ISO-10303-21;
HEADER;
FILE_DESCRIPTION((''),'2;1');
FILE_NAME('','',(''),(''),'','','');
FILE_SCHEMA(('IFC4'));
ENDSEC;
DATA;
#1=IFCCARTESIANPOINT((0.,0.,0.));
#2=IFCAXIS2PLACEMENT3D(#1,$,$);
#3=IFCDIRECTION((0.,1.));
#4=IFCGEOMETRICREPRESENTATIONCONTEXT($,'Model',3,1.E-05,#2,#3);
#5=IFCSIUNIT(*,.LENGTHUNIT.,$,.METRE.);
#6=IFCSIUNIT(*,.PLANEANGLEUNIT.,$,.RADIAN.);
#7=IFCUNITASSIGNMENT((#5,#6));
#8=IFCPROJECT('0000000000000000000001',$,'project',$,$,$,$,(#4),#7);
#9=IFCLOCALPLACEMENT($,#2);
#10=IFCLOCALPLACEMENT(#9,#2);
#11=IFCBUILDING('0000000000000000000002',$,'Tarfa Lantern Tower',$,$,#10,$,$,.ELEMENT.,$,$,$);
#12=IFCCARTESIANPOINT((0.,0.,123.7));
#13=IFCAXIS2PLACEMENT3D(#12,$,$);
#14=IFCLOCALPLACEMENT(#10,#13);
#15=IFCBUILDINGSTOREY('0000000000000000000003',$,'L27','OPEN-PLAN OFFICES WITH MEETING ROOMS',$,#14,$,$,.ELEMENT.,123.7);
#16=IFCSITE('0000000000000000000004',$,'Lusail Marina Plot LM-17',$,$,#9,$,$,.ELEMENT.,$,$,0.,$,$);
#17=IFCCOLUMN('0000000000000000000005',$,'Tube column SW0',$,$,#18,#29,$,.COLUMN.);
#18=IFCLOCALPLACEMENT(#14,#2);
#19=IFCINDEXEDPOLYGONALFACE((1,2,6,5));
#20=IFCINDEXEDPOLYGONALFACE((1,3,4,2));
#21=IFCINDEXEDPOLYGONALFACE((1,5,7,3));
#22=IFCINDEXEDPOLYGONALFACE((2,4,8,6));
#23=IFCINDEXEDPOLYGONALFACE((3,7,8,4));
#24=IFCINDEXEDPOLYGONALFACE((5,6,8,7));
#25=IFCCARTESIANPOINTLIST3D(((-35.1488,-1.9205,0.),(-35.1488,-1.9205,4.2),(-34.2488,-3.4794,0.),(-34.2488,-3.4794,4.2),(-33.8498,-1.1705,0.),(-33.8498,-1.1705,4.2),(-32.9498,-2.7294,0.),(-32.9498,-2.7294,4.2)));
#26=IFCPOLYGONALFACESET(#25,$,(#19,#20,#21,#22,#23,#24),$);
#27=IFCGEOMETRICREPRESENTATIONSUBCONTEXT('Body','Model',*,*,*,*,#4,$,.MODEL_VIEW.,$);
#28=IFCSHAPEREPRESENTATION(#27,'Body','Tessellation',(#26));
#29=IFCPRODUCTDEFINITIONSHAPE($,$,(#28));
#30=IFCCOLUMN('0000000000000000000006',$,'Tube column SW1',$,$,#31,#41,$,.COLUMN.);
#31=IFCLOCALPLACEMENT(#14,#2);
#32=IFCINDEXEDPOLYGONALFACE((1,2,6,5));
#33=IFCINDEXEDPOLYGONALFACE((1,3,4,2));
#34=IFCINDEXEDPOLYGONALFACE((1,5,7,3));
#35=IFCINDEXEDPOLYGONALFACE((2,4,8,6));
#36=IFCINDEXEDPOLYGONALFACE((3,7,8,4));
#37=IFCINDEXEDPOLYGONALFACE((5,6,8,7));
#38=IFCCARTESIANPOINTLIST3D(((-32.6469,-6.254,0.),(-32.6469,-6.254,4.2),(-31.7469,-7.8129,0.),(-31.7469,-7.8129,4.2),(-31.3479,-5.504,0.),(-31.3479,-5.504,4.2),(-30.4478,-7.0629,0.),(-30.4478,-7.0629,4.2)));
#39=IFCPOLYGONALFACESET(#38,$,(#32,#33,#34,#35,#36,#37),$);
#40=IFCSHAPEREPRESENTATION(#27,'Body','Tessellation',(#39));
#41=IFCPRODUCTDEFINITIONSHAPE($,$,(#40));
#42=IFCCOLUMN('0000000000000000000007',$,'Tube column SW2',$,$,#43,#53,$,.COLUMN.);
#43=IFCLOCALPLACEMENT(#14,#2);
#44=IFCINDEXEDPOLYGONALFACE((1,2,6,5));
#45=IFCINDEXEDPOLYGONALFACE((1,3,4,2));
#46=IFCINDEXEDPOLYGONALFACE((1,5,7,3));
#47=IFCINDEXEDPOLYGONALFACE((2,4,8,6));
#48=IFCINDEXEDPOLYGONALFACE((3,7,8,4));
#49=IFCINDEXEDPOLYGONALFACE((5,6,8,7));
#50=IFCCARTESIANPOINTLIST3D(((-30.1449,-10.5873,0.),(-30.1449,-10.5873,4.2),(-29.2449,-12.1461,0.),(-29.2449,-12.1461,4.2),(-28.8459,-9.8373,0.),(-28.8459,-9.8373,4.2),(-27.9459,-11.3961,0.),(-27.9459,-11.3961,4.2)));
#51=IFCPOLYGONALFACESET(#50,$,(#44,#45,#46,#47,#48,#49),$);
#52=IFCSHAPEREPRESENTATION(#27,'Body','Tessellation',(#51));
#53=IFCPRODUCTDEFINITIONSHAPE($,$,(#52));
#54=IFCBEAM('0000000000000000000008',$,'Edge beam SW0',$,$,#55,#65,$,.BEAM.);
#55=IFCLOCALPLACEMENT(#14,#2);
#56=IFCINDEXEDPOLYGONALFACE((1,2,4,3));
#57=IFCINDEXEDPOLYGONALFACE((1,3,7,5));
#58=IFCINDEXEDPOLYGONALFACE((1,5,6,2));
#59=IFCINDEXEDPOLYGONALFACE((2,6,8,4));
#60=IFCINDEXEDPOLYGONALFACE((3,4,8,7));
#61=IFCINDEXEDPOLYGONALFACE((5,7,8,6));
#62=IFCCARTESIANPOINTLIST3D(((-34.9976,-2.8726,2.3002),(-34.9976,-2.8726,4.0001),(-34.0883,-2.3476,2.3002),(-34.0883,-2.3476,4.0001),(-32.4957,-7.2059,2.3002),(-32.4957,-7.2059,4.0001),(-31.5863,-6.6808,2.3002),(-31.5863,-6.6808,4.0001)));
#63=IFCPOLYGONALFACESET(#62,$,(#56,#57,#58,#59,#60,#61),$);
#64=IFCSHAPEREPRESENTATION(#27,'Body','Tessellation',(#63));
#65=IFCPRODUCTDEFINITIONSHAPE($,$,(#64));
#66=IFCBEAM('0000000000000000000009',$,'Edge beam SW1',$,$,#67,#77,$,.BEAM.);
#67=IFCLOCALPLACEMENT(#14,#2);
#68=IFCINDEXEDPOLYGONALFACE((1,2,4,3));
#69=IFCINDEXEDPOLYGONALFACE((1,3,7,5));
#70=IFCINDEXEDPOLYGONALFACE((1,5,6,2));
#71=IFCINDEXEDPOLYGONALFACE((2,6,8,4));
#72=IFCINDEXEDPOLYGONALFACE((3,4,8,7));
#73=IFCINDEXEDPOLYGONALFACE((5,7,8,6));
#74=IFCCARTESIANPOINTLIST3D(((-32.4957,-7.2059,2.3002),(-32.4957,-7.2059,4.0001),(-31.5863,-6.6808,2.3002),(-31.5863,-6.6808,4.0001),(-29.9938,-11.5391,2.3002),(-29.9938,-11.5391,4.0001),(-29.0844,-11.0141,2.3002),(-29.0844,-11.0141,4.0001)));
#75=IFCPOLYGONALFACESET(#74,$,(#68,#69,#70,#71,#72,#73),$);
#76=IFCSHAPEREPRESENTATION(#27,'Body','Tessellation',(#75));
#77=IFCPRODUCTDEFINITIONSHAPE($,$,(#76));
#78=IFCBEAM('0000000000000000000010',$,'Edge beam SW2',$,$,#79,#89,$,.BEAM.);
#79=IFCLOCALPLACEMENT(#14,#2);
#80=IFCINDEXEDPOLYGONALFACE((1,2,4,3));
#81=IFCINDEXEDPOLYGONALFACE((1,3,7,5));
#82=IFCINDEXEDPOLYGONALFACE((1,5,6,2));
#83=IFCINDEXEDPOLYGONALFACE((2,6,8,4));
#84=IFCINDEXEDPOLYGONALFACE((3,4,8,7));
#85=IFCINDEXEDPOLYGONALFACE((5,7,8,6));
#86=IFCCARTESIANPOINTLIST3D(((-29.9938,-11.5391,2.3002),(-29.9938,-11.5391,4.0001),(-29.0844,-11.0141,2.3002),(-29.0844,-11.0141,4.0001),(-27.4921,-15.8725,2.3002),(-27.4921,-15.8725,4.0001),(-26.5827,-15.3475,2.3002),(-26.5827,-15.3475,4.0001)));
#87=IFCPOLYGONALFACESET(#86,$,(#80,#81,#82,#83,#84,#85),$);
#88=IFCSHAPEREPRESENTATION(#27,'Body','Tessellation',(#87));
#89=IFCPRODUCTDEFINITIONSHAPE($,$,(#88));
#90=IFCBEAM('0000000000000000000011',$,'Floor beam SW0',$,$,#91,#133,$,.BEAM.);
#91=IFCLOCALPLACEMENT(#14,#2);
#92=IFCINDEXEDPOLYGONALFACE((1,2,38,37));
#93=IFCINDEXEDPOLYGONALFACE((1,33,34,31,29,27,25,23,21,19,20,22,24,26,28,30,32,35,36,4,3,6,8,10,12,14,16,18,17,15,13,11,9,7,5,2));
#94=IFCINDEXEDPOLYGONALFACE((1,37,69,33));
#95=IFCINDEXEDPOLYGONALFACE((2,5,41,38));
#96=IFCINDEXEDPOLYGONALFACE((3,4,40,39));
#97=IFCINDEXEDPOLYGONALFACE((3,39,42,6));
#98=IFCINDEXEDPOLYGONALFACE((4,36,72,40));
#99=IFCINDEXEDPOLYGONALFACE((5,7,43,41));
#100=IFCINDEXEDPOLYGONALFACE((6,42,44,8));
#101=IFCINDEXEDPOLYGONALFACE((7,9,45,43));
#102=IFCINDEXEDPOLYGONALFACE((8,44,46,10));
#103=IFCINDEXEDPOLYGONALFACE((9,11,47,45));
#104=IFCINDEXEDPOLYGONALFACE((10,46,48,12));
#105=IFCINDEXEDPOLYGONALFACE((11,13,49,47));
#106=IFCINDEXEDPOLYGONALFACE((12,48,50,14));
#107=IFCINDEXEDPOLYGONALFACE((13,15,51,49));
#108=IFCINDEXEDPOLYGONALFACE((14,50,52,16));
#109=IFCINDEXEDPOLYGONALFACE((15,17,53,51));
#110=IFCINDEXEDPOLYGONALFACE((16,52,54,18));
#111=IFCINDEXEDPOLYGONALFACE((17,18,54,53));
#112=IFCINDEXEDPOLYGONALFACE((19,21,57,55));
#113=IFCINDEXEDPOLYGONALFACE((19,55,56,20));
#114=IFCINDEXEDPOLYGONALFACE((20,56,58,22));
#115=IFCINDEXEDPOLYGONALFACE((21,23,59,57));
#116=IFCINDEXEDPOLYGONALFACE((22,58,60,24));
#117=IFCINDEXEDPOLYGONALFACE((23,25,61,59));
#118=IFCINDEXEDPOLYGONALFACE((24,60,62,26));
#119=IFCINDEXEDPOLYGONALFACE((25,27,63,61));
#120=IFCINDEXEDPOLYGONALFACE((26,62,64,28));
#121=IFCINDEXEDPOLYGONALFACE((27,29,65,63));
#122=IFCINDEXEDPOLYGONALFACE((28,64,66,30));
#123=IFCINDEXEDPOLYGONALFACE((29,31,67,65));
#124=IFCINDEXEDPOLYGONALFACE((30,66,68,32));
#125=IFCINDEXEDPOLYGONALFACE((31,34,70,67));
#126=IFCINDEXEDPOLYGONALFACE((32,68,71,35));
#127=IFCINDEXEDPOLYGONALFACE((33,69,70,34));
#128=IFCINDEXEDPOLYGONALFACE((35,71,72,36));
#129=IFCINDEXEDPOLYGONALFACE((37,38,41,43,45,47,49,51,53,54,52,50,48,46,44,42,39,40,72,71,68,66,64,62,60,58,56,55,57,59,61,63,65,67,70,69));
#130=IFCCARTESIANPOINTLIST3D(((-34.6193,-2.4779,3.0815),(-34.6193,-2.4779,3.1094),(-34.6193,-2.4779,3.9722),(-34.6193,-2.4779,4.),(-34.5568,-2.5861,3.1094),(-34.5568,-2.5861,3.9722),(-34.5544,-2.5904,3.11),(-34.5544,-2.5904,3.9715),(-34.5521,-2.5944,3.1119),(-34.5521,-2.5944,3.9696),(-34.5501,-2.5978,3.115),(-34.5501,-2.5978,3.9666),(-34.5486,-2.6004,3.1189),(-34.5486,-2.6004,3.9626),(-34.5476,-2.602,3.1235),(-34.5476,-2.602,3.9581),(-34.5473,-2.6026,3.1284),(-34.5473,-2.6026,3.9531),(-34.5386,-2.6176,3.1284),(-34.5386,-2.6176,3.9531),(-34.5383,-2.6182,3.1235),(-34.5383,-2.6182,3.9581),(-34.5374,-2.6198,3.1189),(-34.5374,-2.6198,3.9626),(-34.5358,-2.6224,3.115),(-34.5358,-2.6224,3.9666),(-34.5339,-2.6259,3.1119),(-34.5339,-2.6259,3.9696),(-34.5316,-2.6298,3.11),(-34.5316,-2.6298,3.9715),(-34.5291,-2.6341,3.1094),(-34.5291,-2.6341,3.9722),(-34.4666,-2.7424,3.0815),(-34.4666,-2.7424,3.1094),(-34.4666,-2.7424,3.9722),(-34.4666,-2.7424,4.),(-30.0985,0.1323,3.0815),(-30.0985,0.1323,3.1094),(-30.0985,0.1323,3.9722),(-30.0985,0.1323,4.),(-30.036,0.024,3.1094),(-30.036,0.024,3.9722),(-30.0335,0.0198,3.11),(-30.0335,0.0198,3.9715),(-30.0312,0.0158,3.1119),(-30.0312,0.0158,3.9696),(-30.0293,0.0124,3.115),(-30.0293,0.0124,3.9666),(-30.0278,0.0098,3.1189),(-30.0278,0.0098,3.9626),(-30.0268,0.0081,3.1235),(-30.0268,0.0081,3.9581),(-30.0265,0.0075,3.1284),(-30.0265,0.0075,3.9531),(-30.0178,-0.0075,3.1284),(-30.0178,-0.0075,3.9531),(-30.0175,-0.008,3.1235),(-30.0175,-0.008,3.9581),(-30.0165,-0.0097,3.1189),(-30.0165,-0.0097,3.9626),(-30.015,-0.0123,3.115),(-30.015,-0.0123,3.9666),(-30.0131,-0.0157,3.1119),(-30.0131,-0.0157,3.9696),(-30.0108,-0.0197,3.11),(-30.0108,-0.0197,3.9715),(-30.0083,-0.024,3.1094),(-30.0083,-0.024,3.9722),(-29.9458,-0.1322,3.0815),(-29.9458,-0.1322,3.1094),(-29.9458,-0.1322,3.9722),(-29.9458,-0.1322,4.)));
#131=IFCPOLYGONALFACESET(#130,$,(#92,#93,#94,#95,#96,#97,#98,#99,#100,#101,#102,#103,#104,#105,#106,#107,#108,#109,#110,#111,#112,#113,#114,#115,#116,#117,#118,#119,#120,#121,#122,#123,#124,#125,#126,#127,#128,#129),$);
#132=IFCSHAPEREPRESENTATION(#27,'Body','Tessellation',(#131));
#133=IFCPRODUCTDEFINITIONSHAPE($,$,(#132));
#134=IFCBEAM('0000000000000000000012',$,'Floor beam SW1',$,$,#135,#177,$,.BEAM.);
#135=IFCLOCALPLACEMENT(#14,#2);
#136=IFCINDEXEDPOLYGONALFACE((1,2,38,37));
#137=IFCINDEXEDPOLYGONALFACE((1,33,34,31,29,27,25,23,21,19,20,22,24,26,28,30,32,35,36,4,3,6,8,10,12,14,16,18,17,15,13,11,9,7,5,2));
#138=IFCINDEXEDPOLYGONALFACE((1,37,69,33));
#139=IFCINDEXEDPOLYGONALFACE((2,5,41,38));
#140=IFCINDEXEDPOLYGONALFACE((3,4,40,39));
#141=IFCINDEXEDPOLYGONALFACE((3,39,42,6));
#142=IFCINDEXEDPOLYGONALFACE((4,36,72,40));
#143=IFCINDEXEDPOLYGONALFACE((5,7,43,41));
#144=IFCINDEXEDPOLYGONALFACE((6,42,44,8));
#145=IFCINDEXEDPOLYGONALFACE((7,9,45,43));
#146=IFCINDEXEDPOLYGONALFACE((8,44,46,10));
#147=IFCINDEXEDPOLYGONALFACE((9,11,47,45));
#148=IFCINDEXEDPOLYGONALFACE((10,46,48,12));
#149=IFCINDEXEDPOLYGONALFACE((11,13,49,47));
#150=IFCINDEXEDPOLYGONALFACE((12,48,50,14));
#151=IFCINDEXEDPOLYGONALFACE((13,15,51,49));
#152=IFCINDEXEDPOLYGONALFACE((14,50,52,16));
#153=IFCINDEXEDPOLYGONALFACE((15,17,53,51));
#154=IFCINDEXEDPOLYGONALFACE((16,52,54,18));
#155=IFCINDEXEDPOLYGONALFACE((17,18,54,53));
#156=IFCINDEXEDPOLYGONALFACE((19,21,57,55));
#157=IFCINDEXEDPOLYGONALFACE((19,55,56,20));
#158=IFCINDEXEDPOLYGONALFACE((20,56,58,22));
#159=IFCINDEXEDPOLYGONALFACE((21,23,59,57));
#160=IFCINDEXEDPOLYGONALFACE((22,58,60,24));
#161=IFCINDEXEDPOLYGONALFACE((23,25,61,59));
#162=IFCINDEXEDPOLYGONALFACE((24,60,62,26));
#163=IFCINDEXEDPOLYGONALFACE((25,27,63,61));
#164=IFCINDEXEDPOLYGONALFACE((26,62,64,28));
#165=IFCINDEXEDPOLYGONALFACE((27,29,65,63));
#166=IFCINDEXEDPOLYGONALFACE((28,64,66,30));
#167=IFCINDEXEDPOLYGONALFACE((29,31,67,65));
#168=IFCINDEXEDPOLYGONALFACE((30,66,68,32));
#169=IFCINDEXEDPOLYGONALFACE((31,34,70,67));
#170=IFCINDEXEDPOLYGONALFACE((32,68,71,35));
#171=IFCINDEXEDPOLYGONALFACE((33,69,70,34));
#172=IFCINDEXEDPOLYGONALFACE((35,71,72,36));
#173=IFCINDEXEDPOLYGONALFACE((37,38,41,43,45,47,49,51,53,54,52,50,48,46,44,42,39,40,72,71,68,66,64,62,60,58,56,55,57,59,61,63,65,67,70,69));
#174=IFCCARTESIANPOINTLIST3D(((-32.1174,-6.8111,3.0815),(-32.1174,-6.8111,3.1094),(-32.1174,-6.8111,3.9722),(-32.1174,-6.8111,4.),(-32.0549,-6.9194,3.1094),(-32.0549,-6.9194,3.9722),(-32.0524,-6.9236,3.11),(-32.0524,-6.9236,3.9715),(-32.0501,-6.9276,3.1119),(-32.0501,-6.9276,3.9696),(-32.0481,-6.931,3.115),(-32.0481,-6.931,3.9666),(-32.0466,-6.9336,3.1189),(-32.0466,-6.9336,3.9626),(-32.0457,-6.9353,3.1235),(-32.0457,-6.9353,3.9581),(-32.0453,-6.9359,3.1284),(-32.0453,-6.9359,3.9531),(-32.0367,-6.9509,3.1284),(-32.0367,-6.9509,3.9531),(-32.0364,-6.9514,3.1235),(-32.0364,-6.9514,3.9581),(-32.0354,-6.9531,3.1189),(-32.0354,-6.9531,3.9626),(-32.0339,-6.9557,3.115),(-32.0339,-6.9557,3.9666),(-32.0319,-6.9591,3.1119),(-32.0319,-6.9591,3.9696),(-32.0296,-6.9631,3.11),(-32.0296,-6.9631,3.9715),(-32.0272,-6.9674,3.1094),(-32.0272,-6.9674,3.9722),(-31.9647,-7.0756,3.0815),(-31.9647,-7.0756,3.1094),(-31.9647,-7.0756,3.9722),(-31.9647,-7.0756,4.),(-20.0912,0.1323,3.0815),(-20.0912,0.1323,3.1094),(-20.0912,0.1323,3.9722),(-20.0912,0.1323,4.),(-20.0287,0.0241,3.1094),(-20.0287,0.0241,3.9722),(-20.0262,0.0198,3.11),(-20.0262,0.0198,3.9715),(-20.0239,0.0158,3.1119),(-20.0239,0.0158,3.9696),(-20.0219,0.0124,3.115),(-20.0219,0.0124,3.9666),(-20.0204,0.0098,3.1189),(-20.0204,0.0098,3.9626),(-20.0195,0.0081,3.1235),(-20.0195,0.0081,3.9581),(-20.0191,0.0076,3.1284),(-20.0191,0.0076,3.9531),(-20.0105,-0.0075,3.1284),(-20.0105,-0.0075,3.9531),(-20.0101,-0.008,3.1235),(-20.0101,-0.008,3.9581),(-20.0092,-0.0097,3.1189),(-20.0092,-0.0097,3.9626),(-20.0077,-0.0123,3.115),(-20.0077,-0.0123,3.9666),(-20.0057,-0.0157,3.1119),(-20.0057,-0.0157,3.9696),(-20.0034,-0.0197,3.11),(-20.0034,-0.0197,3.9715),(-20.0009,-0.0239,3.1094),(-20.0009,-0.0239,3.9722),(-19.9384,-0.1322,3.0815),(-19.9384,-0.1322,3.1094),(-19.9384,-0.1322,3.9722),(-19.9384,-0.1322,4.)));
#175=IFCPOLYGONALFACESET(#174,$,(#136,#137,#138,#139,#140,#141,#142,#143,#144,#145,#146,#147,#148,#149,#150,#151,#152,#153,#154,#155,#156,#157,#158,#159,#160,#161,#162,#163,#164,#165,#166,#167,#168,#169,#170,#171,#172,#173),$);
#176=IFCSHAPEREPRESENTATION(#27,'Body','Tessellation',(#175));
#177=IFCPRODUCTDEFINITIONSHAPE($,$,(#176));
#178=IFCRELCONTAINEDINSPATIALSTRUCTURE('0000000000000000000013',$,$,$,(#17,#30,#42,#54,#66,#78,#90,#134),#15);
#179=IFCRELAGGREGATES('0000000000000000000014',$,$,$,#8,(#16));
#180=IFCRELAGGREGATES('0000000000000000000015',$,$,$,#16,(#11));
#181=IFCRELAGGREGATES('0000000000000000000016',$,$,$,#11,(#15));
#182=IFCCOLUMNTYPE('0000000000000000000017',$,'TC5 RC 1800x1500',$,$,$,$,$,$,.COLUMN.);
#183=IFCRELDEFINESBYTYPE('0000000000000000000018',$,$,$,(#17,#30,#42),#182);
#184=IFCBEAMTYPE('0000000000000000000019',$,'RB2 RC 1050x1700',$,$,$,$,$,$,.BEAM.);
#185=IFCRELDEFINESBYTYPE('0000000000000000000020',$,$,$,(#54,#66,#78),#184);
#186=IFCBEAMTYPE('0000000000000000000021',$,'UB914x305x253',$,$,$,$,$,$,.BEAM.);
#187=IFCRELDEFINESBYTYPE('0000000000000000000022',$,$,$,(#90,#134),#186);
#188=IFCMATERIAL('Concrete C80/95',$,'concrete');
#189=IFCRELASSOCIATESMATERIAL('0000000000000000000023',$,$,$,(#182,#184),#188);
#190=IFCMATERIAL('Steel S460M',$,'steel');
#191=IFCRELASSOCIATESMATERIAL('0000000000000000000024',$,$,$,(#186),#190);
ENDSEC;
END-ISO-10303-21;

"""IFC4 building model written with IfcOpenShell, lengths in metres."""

from ifc_helpers import new_model, si_unit, direction, frame, origin, origin_2d, place, context, subcontext, project, spatial, rectangle, i_section, extrude, material, material_profile, profile_set, type_object, element, save


model = new_model("IFC4")

# Units and contexts
model_context = context("Model", 3, precision=1e-05, world=origin(), true_north=direction((0.0, 1.0)))
body_context = subcontext(model_context, "Body", "Model", "MODEL_VIEW")
ifc_project = project(units=[si_unit("LENGTHUNIT", "METRE"), si_unit("PLANEANGLEUNIT", "RADIAN")], contexts=[model_context])

# Site, building, storey
site_placement = place(None, origin())
site = spatial("IfcSite", under=ifc_project, at=site_placement, Name="Lusail Marina Plot LM-17", CompositionType="ELEMENT", RefElevation=0.0)
building_placement = place(site_placement, origin())
building = spatial("IfcBuilding", under=site, at=building_placement, Name="Tarfa Lantern Tower", CompositionType="ELEMENT")
storey_placement = place(building_placement, frame((0.0, 0.0, 123.7)))
storey = spatial("IfcBuildingStorey", under=building, at=storey_placement, Name="L27", Description="OPEN-PLAN OFFICES WITH MEETING ROOMS", CompositionType="ELEMENT", Elevation=123.7)

# Columns
ifc_material_1 = material(Name="Concrete C80/95", Category="concrete")
ifc_material_profile_1 = material_profile(ifc_material_1, rectangle(XDim=1.8, YDim=1.5, at=origin_2d()), Name="RC 1800x1500")
ifc_profile_set_1 = profile_set([ifc_material_profile_1], Name="Concrete C80/95")
column_type = type_object("IfcColumnType", Name="TC5 RC 1800x1500", PredefinedType="COLUMN", material=ifc_profile_set_1)
for number, where, z_axis, x_axis, name in (
    (1, (-34.0493, -2.325, 0.0), (0.0, 0.0, 1.0), (0.5, -0.866025, 0.0), "Tube column SW0"),
    (2, (-31.5474, -6.6584, 0.0), (0.0, 0.0, 1.0), (0.5, -0.866025, 0.0), "Tube column SW1"),
    (3, (-29.0454, -10.9917, 0.0), (0.0, 0.0, 1.0), (0.5, -0.866025, 0.0), "Tube column SW2"),
):
    element("IfcColumn", number, at=place(storey_placement, frame(where, z_axis=z_axis, x_axis=x_axis)), inside=storey, type_object=column_type, Name=name, PredefinedType="COLUMN", context=body_context, shape_type="SweptSolid", body=[
        extrude(rectangle(XDim=1.8, YDim=1.5, at=origin_2d()), origin(), (0.0, 0.0, 1.0), 4.2),
    ])

# Beams
ifc_material_profile_2 = material_profile(ifc_material_1, rectangle(XDim=1.05, YDim=1.7, at=origin_2d()), Name="RC 1050x1700")
ifc_profile_set_2 = profile_set([ifc_material_profile_2], Name="Concrete C80/95")
beam_type_1 = type_object("IfcBeamType", Name="RB2 RC 1050x1700", PredefinedType="BEAM", material=ifc_profile_set_2)
for number, where, z_axis, x_axis, name in (
    (4, (-34.543, -2.6101, 3.1501), (0.500022, -0.866013, 0.0), (0.866013, 0.500022, 0.0), "Edge beam SW0"),
    (5, (-32.041, -6.9434, 3.1501), (0.500022, -0.866013, 0.0), (0.866013, 0.500022, 0.0), "Edge beam SW1"),
    (6, (-29.5391, -11.2766, 3.1501), (0.499965, -0.866046, 0.0), (0.866046, 0.499965, 0.0), "Edge beam SW2"),
):
    element("IfcBeam", number, at=place(storey_placement, frame(where, z_axis=z_axis, x_axis=x_axis)), inside=storey, type_object=beam_type_1, Name=name, PredefinedType="BEAM", context=body_context, shape_type="SweptSolid", body=[
        extrude(rectangle(XDim=1.05, YDim=1.7, at=origin_2d()), origin(), (0.0, 0.0, 1.0), 5.0037),
    ])
ifc_material_2 = material(Name="Steel S460M", Category="steel")
ifc_material_profile_3 = material_profile(ifc_material_2, i_section(OverallWidth=0.3054, OverallDepth=0.9185, WebThickness=0.0173, FlangeThickness=0.0278, FilletRadius=0.019, at=origin_2d()), Name="UB914x305x253")
ifc_profile_set_3 = profile_set([ifc_material_profile_3], Name="Steel S460M")
beam_type_2 = type_object("IfcBeamType", Name="UB914x305x253", PredefinedType="BEAM", material=ifc_profile_set_3)
beam_1_placement = place(storey_placement, frame((-34.543, -2.6101, 3.5408), z_axis=(0.866021, 0.500007, 0.0), x_axis=(-0.500007, 0.866021, 0.0)))
element("IfcBeam", 7, at=beam_1_placement, inside=storey, type_object=beam_type_2, Name="Floor beam SW0", PredefinedType="BEAM", context=body_context, shape_type="SweptSolid", body=[
    extrude(i_section(OverallWidth=0.3054, OverallDepth=0.9185, WebThickness=0.0173, FlangeThickness=0.0278, FilletRadius=0.019, at=origin_2d()), origin(), (0.0, 0.0, 1.0), 5.2202),
])
beam_2_placement = place(storey_placement, frame((-32.041, -6.9434, 3.5408), z_axis=(0.866023, 0.500004, 0.0), x_axis=(-0.500004, 0.866023, 0.0)))
element("IfcBeam", 8, at=beam_2_placement, inside=storey, type_object=beam_type_2, Name="Floor beam SW1", PredefinedType="BEAM", context=body_context, shape_type="SweptSolid", body=[
    extrude(i_section(OverallWidth=0.3054, OverallDepth=0.9185, WebThickness=0.0173, FlangeThickness=0.0278, FilletRadius=0.019, at=origin_2d()), origin(), (0.0, 0.0, 1.0), 13.8867),
])

save(model, "model.ifc")
